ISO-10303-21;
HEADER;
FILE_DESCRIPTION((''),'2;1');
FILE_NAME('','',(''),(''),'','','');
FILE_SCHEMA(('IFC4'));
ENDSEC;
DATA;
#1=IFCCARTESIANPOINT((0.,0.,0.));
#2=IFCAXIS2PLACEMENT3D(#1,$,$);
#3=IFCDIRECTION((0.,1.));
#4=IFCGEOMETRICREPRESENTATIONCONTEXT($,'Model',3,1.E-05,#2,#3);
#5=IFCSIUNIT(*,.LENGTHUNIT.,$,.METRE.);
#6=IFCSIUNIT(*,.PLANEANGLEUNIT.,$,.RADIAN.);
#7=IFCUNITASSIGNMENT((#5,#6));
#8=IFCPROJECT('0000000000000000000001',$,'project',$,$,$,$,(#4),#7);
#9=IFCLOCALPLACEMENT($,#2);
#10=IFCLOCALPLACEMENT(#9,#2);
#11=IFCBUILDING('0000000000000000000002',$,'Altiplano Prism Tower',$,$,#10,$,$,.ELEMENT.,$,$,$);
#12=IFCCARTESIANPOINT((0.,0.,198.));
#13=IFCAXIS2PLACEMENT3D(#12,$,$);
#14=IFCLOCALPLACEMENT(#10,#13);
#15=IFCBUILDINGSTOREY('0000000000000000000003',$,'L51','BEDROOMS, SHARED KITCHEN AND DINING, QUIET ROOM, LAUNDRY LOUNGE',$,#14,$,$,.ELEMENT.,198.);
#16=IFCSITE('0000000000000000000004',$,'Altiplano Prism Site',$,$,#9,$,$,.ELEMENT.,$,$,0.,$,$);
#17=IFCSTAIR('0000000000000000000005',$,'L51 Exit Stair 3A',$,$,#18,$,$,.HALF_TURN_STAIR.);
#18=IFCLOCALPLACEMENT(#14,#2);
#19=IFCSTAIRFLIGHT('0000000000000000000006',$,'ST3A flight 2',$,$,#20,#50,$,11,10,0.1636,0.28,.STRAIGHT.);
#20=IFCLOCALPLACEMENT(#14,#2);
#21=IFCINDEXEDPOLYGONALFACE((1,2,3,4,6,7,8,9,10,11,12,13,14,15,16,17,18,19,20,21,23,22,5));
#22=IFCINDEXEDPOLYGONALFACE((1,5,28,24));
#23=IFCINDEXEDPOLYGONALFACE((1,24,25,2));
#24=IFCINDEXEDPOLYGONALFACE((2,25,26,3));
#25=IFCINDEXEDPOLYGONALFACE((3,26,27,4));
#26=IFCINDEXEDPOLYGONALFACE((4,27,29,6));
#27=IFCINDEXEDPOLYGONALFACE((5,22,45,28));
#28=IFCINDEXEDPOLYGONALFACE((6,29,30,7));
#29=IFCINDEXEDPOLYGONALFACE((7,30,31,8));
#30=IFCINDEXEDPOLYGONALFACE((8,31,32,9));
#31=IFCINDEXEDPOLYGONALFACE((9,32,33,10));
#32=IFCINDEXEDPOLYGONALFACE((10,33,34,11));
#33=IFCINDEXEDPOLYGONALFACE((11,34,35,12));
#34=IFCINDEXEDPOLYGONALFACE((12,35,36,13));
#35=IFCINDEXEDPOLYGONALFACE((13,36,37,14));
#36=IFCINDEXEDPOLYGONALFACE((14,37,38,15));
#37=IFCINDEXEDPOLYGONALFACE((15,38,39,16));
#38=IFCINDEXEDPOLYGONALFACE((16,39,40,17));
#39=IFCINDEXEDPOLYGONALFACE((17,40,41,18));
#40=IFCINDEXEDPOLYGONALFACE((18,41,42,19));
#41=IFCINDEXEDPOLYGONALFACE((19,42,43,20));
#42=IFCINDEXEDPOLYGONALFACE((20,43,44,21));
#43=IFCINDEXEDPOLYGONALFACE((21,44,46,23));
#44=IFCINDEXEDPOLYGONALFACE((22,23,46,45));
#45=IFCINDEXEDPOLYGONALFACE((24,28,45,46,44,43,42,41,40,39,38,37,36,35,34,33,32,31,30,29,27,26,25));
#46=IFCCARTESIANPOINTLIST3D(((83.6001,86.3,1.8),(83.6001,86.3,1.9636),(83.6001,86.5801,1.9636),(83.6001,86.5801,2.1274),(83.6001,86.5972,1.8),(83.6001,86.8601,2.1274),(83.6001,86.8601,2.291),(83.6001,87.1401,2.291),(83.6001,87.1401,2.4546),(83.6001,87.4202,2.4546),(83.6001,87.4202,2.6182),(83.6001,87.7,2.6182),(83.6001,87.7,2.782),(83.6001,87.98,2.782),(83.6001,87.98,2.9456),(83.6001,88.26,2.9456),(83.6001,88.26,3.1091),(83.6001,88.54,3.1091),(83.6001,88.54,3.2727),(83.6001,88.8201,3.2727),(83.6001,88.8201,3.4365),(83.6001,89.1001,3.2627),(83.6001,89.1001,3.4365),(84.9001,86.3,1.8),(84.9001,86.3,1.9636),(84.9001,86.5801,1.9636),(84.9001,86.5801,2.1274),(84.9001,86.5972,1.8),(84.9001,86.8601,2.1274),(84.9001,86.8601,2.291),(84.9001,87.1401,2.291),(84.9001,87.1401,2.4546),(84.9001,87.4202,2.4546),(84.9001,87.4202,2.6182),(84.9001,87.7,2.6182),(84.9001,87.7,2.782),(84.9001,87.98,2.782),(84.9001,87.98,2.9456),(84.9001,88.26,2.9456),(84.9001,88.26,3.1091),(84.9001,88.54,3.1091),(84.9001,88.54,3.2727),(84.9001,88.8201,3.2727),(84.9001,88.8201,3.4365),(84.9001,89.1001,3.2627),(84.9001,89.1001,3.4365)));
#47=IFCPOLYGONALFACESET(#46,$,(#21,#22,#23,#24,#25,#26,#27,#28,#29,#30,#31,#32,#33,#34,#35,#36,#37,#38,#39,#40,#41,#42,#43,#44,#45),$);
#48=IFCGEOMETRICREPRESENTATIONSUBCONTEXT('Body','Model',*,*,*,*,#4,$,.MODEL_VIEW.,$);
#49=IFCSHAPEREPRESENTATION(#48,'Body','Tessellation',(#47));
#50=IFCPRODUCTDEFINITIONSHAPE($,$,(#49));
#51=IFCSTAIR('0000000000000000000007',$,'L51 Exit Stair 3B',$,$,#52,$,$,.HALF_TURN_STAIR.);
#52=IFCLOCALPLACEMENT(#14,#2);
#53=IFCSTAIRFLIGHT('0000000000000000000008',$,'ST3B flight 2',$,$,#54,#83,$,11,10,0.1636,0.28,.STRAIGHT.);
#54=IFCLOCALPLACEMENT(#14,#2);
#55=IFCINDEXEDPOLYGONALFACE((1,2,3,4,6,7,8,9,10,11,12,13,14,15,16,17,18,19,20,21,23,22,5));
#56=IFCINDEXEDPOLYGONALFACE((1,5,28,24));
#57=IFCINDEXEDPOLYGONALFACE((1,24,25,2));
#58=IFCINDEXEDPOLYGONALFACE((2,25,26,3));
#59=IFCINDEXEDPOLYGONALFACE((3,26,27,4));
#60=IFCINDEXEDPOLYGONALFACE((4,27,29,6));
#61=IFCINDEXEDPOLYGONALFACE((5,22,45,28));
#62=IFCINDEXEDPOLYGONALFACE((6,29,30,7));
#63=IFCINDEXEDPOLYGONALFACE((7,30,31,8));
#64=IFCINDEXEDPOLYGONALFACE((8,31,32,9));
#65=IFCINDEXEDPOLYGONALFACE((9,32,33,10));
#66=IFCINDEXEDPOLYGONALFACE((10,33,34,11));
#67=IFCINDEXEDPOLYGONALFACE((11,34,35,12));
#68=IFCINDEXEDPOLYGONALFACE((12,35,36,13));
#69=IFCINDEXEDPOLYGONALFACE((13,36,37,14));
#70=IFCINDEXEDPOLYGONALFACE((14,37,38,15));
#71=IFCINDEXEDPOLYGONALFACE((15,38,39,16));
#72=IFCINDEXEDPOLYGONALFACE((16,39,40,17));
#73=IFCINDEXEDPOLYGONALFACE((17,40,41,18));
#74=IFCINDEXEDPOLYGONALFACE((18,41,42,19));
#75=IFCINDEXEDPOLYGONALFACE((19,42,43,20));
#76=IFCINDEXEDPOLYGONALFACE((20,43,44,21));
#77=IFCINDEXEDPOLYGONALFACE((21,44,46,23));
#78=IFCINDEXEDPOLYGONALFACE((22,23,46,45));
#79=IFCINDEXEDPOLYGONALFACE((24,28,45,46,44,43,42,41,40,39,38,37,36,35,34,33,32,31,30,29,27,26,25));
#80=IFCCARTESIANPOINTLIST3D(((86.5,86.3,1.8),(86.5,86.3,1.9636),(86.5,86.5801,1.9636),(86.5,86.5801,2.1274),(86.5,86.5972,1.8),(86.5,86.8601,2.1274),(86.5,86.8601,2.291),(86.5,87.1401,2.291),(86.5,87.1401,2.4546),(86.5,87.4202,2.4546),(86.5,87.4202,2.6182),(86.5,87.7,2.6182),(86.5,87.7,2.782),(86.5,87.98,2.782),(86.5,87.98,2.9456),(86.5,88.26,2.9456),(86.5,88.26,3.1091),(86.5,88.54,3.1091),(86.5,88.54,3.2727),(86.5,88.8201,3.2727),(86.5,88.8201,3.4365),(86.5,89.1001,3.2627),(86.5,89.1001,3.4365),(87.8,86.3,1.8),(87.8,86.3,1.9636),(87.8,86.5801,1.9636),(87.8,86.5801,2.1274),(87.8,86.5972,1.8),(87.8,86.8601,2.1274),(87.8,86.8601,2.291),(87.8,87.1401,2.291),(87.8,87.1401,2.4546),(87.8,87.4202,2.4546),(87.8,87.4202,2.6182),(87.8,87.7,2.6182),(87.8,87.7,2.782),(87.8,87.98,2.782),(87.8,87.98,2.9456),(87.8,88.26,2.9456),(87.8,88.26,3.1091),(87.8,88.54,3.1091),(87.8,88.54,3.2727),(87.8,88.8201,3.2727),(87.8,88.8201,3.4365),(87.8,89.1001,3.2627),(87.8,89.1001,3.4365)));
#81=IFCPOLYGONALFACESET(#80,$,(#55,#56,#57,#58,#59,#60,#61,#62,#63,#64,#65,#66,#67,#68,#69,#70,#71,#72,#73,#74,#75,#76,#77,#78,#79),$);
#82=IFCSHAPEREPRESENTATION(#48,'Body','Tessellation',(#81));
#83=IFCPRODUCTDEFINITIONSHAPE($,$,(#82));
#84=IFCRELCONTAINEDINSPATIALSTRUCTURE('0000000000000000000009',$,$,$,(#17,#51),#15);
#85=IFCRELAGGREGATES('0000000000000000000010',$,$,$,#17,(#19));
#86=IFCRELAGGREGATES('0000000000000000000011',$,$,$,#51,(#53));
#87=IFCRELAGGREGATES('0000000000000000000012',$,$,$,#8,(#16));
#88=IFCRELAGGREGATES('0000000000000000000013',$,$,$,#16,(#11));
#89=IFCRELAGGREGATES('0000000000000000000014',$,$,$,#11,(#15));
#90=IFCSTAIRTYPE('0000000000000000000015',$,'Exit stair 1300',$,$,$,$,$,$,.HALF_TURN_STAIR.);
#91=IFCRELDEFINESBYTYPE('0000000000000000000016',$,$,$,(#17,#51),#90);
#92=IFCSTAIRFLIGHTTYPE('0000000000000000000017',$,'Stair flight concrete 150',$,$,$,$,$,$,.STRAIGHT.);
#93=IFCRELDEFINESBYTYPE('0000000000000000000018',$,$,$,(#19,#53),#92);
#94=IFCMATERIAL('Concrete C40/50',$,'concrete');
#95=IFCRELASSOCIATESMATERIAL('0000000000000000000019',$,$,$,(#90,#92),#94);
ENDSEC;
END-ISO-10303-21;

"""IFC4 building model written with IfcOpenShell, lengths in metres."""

from ifc_helpers import new_model, si_unit, direction, frame, origin, place, context, subcontext, project, spatial, polyline, outline, extrude, material, type_object, element, aggregate, save


model = new_model("IFC4")

# Units and contexts
model_context = context("Model", 3, precision=1e-05, world=origin(), true_north=direction((0.0, 1.0)))
body_context = subcontext(model_context, "Body", "Model", "MODEL_VIEW")
ifc_project = project(units=[si_unit("LENGTHUNIT", "METRE"), si_unit("PLANEANGLEUNIT", "RADIAN")], contexts=[model_context])

# Site, building, storey
site_placement = place(None, origin())
site = spatial("IfcSite", under=ifc_project, at=site_placement, Name="Altiplano Prism Site", CompositionType="ELEMENT", RefElevation=0.0)
building_placement = place(site_placement, origin())
building = spatial("IfcBuilding", under=site, at=building_placement, Name="Altiplano Prism Tower", CompositionType="ELEMENT")
storey_placement = place(building_placement, frame((0.0, 0.0, 198.0)))
storey = spatial("IfcBuildingStorey", under=building, at=storey_placement, Name="L51", Description="BEDROOMS, SHARED KITCHEN AND DINING, QUIET ROOM, LAUNDRY LOUNGE", CompositionType="ELEMENT", Elevation=198.0)

# Stair, stair flight
ifc_material_1 = material(Name="Concrete C40/50", Category="concrete")
stair_type = type_object("IfcStairType", Name="Exit stair 1300", PredefinedType="HALF_TURN_STAIR", material=ifc_material_1)
stair_1_placement = place(storey_placement, origin())
stair_1 = element("IfcStair", 1, at=stair_1_placement, inside=storey, type_object=stair_type, Name="L51 Exit Stair 3A", PredefinedType="HALF_TURN_STAIR")
stair_flight_type = type_object("IfcStairFlightType", Name="Stair flight concrete 150", PredefinedType="STRAIGHT", material=ifc_material_1)
stair_flight_1_placement = place(storey_placement, frame((84.25, 86.3, 1.8), z_axis=(0.0, 0.0, 1.0), x_axis=(0.0, 1.0, 0.0)))
stair_flight_1 = element("IfcStairFlight", 2, at=stair_flight_1_placement, type_object=stair_flight_type, Name="ST3A flight 2", NumberOfRisers=11, NumberOfTreads=10, PredefinedType="STRAIGHT", RiserHeight=0.1636, TreadLength=0.28, context=body_context, shape_type="SweptSolid", body=[
    extrude(outline(polyline([(0.0, 0.0), (0.0, 0.1636), (0.28, 0.1636), (0.28, 0.3274), (0.5601, 0.3274), (0.5601, 0.491), (0.8401, 0.491), (0.8401, 0.6545), (1.1201, 0.6545), (1.1201, 0.8181), (1.3999, 0.8181), (1.3999, 0.9819), (1.6799, 0.9819), (1.6799, 1.1455), (1.96, 1.1455), (1.96, 1.3091), (2.24, 1.3091), (2.24, 1.4727), (2.52, 1.4727), (2.52, 1.6365), (2.8, 1.6365), (2.8, 1.8), (2.8, 1.4626), (0.2971, 0.0), (0.0, 0.0)])), frame((0.0, 0.6499, 0.0), z_axis=(0.0, -1.0, 0.0), x_axis=(1.0, 0.0, 0.0)), (0.0, 0.0, 1.0), 1.3),
])
aggregate(stair_1, [stair_flight_1])

# Stair, stair flight
stair_2_placement = place(storey_placement, origin())
stair_2 = element("IfcStair", 3, at=stair_2_placement, inside=storey, type_object=stair_type, Name="L51 Exit Stair 3B", PredefinedType="HALF_TURN_STAIR")
stair_flight_2_placement = place(storey_placement, frame((87.1499, 86.3, 1.8), z_axis=(0.0, 0.0, 1.0), x_axis=(0.0, 1.0, 0.0)))
stair_flight_2 = element("IfcStairFlight", 4, at=stair_flight_2_placement, type_object=stair_flight_type, Name="ST3B flight 2", NumberOfRisers=11, NumberOfTreads=10, PredefinedType="STRAIGHT", RiserHeight=0.1636, TreadLength=0.28, context=body_context, shape_type="SweptSolid", body=[
    extrude(outline(polyline([(0.0, 0.0), (0.0, 0.1636), (0.28, 0.1636), (0.28, 0.3274), (0.5601, 0.3274), (0.5601, 0.491), (0.8401, 0.491), (0.8401, 0.6545), (1.1201, 0.6545), (1.1201, 0.8181), (1.3999, 0.8181), (1.3999, 0.9819), (1.6799, 0.9819), (1.6799, 1.1455), (1.96, 1.1455), (1.96, 1.3091), (2.24, 1.3091), (2.24, 1.4727), (2.52, 1.4727), (2.52, 1.6365), (2.8, 1.6365), (2.8, 1.8), (2.8, 1.4626), (0.2971, 0.0), (0.0, 0.0)])), frame((0.0, 0.6499, 0.0), z_axis=(0.0, -1.0, 0.0), x_axis=(1.0, 0.0, 0.0)), (0.0, 0.0, 1.0), 1.3),
])
aggregate(stair_2, [stair_flight_2])

save(model, "model.ifc")
